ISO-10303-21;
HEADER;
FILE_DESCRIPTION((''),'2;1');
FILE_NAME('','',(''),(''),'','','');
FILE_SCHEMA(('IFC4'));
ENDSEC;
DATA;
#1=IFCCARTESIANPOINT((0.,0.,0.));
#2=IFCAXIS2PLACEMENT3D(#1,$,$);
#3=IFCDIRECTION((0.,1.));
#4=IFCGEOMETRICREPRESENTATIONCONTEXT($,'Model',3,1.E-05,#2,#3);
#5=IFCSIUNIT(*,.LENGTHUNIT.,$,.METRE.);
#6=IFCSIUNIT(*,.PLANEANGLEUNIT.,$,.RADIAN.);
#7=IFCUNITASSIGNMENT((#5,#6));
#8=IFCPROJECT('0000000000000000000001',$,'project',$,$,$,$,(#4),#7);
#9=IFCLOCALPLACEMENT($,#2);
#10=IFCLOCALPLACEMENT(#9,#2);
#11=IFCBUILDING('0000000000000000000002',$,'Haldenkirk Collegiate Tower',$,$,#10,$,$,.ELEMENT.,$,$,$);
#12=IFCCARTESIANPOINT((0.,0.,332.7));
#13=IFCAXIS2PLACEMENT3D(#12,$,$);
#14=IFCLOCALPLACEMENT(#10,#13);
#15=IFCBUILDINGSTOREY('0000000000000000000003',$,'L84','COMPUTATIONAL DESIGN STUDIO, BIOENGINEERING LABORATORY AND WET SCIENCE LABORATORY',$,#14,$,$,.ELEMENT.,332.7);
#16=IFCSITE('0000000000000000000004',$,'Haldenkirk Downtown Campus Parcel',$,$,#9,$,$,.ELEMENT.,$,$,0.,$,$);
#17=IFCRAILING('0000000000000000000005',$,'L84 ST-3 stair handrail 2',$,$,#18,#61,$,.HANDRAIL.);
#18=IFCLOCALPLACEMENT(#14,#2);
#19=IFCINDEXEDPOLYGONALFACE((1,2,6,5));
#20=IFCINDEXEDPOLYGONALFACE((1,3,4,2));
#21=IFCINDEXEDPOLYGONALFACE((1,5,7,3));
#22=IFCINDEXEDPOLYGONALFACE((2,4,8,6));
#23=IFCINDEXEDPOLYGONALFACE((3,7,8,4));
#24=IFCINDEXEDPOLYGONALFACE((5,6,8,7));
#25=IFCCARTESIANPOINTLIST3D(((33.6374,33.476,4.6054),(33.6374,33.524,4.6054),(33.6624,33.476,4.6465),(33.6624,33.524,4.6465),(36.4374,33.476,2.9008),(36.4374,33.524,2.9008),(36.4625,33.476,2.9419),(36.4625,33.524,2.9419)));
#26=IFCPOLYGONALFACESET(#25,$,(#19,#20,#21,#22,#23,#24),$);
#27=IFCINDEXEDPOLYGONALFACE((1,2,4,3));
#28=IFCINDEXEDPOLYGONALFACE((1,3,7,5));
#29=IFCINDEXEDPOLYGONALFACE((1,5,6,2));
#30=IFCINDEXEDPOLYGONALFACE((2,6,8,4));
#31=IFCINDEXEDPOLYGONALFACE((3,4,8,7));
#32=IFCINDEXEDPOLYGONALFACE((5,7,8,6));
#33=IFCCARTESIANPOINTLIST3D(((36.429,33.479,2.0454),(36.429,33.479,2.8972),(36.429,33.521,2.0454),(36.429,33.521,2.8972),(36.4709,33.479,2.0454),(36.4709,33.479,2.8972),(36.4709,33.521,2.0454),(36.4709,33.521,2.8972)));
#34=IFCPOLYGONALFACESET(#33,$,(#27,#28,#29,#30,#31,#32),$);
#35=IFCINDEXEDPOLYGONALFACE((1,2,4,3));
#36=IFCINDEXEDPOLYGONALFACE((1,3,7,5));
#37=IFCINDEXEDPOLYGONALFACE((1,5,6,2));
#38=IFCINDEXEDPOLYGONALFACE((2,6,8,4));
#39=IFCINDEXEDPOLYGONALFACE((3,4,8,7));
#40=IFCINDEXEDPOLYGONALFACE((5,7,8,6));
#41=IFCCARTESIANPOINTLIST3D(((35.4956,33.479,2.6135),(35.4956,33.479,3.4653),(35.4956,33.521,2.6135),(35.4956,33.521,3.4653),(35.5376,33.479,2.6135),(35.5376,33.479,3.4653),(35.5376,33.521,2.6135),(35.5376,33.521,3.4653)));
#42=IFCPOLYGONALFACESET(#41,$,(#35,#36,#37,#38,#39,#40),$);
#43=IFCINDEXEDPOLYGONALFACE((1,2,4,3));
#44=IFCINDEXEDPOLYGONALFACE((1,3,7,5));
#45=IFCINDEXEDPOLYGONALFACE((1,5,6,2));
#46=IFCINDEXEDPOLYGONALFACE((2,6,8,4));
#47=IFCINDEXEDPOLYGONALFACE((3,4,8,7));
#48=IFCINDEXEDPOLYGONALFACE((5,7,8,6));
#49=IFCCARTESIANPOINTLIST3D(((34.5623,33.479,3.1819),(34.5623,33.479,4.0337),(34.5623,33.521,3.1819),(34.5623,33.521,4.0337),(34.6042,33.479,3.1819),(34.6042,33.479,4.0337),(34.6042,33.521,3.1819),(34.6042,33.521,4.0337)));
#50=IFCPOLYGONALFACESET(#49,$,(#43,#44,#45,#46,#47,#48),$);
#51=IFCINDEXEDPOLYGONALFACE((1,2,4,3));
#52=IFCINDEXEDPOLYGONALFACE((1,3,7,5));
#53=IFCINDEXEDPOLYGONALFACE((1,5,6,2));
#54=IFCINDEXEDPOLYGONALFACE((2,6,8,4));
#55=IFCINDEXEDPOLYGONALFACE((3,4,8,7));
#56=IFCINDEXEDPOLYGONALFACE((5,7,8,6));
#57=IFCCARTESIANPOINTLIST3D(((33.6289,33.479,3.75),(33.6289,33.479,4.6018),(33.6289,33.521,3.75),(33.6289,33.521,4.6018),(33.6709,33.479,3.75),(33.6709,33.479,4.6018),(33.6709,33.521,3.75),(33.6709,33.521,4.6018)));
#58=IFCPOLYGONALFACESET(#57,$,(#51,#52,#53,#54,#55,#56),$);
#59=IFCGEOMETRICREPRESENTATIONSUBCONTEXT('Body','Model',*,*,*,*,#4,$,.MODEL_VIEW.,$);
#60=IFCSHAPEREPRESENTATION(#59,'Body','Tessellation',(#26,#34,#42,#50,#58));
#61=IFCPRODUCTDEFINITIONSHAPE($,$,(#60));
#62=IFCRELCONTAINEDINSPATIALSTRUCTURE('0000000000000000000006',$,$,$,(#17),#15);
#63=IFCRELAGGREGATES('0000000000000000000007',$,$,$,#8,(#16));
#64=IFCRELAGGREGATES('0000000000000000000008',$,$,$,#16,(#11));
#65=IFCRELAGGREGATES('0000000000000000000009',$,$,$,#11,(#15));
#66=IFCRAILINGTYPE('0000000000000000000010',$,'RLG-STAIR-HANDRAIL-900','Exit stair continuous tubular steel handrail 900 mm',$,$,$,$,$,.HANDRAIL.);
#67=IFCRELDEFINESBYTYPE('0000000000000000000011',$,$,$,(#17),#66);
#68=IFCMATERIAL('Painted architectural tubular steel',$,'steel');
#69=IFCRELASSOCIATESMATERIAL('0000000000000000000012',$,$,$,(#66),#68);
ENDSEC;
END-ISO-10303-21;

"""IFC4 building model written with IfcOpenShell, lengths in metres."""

from ifc_helpers import new_model, si_unit, direction, frame, origin, origin_2d, place, context, subcontext, project, spatial, rectangle, extrude, material, type_object, element, save


model = new_model("IFC4")

# Units and contexts
model_context = context("Model", 3, precision=1e-05, world=origin(), true_north=direction((0.0, 1.0)))
body_context = subcontext(model_context, "Body", "Model", "MODEL_VIEW")
ifc_project = project(units=[si_unit("LENGTHUNIT", "METRE"), si_unit("PLANEANGLEUNIT", "RADIAN")], contexts=[model_context])

# Site, building, storey
site_placement = place(None, origin())
site = spatial("IfcSite", under=ifc_project, at=site_placement, Name="Haldenkirk Downtown Campus Parcel", CompositionType="ELEMENT", RefElevation=0.0)
building_placement = place(site_placement, origin())
building = spatial("IfcBuilding", under=site, at=building_placement, Name="Haldenkirk Collegiate Tower", CompositionType="ELEMENT")
storey_placement = place(building_placement, frame((0.0, 0.0, 332.7)))
storey = spatial("IfcBuildingStorey", under=building, at=storey_placement, Name="L84", Description="COMPUTATIONAL DESIGN STUDIO, BIOENGINEERING LABORATORY AND WET SCIENCE LABORATORY", CompositionType="ELEMENT", Elevation=332.7)

# Railing
ifc_material_1 = material(Name="Painted architectural tubular steel", Category="steel")
railing_type_1 = type_object("IfcRailingType", Name="RLG-STAIR-HANDRAIL-900", Description="Exit stair continuous tubular steel handrail 900 mm", PredefinedType="HANDRAIL", material=ifc_material_1)
railing_1_placement = place(storey_placement, frame((36.45, 33.5, 2.0454)))
element("IfcRailing", 1, at=railing_1_placement, inside=storey, type_object=railing_type_1, Name="L84 ST-3 stair handrail 2", PredefinedType="HANDRAIL", context=body_context, shape_type="SweptSolid", body=[
    extrude(rectangle(XDim=0.0481, YDim=0.0481, at=origin_2d()), frame((0.0, 0.0, 0.876), z_axis=(-0.85417, 0.0, 0.519994), x_axis=(0.0, -1.0, 0.0)), (0.0, 0.0, 1.0), 3.2781),
    extrude(rectangle(XDim=0.042, YDim=0.042, at=origin_2d()), origin(), (0.0, 0.0, 1.0), 0.8518),
    extrude(rectangle(XDim=0.042, YDim=0.042, at=origin_2d()), frame((-0.9333, 0.0, 0.5681)), (0.0, 0.0, 1.0), 0.8518),
    extrude(rectangle(XDim=0.042, YDim=0.042, at=origin_2d()), frame((-1.8667, 0.0, 1.1365)), (0.0, 0.0, 1.0), 0.8518),
    extrude(rectangle(XDim=0.042, YDim=0.042, at=origin_2d()), frame((-2.8, 0.0, 1.7046)), (0.0, 0.0, 1.0), 0.8518),
])

save(model, "model.ifc")
